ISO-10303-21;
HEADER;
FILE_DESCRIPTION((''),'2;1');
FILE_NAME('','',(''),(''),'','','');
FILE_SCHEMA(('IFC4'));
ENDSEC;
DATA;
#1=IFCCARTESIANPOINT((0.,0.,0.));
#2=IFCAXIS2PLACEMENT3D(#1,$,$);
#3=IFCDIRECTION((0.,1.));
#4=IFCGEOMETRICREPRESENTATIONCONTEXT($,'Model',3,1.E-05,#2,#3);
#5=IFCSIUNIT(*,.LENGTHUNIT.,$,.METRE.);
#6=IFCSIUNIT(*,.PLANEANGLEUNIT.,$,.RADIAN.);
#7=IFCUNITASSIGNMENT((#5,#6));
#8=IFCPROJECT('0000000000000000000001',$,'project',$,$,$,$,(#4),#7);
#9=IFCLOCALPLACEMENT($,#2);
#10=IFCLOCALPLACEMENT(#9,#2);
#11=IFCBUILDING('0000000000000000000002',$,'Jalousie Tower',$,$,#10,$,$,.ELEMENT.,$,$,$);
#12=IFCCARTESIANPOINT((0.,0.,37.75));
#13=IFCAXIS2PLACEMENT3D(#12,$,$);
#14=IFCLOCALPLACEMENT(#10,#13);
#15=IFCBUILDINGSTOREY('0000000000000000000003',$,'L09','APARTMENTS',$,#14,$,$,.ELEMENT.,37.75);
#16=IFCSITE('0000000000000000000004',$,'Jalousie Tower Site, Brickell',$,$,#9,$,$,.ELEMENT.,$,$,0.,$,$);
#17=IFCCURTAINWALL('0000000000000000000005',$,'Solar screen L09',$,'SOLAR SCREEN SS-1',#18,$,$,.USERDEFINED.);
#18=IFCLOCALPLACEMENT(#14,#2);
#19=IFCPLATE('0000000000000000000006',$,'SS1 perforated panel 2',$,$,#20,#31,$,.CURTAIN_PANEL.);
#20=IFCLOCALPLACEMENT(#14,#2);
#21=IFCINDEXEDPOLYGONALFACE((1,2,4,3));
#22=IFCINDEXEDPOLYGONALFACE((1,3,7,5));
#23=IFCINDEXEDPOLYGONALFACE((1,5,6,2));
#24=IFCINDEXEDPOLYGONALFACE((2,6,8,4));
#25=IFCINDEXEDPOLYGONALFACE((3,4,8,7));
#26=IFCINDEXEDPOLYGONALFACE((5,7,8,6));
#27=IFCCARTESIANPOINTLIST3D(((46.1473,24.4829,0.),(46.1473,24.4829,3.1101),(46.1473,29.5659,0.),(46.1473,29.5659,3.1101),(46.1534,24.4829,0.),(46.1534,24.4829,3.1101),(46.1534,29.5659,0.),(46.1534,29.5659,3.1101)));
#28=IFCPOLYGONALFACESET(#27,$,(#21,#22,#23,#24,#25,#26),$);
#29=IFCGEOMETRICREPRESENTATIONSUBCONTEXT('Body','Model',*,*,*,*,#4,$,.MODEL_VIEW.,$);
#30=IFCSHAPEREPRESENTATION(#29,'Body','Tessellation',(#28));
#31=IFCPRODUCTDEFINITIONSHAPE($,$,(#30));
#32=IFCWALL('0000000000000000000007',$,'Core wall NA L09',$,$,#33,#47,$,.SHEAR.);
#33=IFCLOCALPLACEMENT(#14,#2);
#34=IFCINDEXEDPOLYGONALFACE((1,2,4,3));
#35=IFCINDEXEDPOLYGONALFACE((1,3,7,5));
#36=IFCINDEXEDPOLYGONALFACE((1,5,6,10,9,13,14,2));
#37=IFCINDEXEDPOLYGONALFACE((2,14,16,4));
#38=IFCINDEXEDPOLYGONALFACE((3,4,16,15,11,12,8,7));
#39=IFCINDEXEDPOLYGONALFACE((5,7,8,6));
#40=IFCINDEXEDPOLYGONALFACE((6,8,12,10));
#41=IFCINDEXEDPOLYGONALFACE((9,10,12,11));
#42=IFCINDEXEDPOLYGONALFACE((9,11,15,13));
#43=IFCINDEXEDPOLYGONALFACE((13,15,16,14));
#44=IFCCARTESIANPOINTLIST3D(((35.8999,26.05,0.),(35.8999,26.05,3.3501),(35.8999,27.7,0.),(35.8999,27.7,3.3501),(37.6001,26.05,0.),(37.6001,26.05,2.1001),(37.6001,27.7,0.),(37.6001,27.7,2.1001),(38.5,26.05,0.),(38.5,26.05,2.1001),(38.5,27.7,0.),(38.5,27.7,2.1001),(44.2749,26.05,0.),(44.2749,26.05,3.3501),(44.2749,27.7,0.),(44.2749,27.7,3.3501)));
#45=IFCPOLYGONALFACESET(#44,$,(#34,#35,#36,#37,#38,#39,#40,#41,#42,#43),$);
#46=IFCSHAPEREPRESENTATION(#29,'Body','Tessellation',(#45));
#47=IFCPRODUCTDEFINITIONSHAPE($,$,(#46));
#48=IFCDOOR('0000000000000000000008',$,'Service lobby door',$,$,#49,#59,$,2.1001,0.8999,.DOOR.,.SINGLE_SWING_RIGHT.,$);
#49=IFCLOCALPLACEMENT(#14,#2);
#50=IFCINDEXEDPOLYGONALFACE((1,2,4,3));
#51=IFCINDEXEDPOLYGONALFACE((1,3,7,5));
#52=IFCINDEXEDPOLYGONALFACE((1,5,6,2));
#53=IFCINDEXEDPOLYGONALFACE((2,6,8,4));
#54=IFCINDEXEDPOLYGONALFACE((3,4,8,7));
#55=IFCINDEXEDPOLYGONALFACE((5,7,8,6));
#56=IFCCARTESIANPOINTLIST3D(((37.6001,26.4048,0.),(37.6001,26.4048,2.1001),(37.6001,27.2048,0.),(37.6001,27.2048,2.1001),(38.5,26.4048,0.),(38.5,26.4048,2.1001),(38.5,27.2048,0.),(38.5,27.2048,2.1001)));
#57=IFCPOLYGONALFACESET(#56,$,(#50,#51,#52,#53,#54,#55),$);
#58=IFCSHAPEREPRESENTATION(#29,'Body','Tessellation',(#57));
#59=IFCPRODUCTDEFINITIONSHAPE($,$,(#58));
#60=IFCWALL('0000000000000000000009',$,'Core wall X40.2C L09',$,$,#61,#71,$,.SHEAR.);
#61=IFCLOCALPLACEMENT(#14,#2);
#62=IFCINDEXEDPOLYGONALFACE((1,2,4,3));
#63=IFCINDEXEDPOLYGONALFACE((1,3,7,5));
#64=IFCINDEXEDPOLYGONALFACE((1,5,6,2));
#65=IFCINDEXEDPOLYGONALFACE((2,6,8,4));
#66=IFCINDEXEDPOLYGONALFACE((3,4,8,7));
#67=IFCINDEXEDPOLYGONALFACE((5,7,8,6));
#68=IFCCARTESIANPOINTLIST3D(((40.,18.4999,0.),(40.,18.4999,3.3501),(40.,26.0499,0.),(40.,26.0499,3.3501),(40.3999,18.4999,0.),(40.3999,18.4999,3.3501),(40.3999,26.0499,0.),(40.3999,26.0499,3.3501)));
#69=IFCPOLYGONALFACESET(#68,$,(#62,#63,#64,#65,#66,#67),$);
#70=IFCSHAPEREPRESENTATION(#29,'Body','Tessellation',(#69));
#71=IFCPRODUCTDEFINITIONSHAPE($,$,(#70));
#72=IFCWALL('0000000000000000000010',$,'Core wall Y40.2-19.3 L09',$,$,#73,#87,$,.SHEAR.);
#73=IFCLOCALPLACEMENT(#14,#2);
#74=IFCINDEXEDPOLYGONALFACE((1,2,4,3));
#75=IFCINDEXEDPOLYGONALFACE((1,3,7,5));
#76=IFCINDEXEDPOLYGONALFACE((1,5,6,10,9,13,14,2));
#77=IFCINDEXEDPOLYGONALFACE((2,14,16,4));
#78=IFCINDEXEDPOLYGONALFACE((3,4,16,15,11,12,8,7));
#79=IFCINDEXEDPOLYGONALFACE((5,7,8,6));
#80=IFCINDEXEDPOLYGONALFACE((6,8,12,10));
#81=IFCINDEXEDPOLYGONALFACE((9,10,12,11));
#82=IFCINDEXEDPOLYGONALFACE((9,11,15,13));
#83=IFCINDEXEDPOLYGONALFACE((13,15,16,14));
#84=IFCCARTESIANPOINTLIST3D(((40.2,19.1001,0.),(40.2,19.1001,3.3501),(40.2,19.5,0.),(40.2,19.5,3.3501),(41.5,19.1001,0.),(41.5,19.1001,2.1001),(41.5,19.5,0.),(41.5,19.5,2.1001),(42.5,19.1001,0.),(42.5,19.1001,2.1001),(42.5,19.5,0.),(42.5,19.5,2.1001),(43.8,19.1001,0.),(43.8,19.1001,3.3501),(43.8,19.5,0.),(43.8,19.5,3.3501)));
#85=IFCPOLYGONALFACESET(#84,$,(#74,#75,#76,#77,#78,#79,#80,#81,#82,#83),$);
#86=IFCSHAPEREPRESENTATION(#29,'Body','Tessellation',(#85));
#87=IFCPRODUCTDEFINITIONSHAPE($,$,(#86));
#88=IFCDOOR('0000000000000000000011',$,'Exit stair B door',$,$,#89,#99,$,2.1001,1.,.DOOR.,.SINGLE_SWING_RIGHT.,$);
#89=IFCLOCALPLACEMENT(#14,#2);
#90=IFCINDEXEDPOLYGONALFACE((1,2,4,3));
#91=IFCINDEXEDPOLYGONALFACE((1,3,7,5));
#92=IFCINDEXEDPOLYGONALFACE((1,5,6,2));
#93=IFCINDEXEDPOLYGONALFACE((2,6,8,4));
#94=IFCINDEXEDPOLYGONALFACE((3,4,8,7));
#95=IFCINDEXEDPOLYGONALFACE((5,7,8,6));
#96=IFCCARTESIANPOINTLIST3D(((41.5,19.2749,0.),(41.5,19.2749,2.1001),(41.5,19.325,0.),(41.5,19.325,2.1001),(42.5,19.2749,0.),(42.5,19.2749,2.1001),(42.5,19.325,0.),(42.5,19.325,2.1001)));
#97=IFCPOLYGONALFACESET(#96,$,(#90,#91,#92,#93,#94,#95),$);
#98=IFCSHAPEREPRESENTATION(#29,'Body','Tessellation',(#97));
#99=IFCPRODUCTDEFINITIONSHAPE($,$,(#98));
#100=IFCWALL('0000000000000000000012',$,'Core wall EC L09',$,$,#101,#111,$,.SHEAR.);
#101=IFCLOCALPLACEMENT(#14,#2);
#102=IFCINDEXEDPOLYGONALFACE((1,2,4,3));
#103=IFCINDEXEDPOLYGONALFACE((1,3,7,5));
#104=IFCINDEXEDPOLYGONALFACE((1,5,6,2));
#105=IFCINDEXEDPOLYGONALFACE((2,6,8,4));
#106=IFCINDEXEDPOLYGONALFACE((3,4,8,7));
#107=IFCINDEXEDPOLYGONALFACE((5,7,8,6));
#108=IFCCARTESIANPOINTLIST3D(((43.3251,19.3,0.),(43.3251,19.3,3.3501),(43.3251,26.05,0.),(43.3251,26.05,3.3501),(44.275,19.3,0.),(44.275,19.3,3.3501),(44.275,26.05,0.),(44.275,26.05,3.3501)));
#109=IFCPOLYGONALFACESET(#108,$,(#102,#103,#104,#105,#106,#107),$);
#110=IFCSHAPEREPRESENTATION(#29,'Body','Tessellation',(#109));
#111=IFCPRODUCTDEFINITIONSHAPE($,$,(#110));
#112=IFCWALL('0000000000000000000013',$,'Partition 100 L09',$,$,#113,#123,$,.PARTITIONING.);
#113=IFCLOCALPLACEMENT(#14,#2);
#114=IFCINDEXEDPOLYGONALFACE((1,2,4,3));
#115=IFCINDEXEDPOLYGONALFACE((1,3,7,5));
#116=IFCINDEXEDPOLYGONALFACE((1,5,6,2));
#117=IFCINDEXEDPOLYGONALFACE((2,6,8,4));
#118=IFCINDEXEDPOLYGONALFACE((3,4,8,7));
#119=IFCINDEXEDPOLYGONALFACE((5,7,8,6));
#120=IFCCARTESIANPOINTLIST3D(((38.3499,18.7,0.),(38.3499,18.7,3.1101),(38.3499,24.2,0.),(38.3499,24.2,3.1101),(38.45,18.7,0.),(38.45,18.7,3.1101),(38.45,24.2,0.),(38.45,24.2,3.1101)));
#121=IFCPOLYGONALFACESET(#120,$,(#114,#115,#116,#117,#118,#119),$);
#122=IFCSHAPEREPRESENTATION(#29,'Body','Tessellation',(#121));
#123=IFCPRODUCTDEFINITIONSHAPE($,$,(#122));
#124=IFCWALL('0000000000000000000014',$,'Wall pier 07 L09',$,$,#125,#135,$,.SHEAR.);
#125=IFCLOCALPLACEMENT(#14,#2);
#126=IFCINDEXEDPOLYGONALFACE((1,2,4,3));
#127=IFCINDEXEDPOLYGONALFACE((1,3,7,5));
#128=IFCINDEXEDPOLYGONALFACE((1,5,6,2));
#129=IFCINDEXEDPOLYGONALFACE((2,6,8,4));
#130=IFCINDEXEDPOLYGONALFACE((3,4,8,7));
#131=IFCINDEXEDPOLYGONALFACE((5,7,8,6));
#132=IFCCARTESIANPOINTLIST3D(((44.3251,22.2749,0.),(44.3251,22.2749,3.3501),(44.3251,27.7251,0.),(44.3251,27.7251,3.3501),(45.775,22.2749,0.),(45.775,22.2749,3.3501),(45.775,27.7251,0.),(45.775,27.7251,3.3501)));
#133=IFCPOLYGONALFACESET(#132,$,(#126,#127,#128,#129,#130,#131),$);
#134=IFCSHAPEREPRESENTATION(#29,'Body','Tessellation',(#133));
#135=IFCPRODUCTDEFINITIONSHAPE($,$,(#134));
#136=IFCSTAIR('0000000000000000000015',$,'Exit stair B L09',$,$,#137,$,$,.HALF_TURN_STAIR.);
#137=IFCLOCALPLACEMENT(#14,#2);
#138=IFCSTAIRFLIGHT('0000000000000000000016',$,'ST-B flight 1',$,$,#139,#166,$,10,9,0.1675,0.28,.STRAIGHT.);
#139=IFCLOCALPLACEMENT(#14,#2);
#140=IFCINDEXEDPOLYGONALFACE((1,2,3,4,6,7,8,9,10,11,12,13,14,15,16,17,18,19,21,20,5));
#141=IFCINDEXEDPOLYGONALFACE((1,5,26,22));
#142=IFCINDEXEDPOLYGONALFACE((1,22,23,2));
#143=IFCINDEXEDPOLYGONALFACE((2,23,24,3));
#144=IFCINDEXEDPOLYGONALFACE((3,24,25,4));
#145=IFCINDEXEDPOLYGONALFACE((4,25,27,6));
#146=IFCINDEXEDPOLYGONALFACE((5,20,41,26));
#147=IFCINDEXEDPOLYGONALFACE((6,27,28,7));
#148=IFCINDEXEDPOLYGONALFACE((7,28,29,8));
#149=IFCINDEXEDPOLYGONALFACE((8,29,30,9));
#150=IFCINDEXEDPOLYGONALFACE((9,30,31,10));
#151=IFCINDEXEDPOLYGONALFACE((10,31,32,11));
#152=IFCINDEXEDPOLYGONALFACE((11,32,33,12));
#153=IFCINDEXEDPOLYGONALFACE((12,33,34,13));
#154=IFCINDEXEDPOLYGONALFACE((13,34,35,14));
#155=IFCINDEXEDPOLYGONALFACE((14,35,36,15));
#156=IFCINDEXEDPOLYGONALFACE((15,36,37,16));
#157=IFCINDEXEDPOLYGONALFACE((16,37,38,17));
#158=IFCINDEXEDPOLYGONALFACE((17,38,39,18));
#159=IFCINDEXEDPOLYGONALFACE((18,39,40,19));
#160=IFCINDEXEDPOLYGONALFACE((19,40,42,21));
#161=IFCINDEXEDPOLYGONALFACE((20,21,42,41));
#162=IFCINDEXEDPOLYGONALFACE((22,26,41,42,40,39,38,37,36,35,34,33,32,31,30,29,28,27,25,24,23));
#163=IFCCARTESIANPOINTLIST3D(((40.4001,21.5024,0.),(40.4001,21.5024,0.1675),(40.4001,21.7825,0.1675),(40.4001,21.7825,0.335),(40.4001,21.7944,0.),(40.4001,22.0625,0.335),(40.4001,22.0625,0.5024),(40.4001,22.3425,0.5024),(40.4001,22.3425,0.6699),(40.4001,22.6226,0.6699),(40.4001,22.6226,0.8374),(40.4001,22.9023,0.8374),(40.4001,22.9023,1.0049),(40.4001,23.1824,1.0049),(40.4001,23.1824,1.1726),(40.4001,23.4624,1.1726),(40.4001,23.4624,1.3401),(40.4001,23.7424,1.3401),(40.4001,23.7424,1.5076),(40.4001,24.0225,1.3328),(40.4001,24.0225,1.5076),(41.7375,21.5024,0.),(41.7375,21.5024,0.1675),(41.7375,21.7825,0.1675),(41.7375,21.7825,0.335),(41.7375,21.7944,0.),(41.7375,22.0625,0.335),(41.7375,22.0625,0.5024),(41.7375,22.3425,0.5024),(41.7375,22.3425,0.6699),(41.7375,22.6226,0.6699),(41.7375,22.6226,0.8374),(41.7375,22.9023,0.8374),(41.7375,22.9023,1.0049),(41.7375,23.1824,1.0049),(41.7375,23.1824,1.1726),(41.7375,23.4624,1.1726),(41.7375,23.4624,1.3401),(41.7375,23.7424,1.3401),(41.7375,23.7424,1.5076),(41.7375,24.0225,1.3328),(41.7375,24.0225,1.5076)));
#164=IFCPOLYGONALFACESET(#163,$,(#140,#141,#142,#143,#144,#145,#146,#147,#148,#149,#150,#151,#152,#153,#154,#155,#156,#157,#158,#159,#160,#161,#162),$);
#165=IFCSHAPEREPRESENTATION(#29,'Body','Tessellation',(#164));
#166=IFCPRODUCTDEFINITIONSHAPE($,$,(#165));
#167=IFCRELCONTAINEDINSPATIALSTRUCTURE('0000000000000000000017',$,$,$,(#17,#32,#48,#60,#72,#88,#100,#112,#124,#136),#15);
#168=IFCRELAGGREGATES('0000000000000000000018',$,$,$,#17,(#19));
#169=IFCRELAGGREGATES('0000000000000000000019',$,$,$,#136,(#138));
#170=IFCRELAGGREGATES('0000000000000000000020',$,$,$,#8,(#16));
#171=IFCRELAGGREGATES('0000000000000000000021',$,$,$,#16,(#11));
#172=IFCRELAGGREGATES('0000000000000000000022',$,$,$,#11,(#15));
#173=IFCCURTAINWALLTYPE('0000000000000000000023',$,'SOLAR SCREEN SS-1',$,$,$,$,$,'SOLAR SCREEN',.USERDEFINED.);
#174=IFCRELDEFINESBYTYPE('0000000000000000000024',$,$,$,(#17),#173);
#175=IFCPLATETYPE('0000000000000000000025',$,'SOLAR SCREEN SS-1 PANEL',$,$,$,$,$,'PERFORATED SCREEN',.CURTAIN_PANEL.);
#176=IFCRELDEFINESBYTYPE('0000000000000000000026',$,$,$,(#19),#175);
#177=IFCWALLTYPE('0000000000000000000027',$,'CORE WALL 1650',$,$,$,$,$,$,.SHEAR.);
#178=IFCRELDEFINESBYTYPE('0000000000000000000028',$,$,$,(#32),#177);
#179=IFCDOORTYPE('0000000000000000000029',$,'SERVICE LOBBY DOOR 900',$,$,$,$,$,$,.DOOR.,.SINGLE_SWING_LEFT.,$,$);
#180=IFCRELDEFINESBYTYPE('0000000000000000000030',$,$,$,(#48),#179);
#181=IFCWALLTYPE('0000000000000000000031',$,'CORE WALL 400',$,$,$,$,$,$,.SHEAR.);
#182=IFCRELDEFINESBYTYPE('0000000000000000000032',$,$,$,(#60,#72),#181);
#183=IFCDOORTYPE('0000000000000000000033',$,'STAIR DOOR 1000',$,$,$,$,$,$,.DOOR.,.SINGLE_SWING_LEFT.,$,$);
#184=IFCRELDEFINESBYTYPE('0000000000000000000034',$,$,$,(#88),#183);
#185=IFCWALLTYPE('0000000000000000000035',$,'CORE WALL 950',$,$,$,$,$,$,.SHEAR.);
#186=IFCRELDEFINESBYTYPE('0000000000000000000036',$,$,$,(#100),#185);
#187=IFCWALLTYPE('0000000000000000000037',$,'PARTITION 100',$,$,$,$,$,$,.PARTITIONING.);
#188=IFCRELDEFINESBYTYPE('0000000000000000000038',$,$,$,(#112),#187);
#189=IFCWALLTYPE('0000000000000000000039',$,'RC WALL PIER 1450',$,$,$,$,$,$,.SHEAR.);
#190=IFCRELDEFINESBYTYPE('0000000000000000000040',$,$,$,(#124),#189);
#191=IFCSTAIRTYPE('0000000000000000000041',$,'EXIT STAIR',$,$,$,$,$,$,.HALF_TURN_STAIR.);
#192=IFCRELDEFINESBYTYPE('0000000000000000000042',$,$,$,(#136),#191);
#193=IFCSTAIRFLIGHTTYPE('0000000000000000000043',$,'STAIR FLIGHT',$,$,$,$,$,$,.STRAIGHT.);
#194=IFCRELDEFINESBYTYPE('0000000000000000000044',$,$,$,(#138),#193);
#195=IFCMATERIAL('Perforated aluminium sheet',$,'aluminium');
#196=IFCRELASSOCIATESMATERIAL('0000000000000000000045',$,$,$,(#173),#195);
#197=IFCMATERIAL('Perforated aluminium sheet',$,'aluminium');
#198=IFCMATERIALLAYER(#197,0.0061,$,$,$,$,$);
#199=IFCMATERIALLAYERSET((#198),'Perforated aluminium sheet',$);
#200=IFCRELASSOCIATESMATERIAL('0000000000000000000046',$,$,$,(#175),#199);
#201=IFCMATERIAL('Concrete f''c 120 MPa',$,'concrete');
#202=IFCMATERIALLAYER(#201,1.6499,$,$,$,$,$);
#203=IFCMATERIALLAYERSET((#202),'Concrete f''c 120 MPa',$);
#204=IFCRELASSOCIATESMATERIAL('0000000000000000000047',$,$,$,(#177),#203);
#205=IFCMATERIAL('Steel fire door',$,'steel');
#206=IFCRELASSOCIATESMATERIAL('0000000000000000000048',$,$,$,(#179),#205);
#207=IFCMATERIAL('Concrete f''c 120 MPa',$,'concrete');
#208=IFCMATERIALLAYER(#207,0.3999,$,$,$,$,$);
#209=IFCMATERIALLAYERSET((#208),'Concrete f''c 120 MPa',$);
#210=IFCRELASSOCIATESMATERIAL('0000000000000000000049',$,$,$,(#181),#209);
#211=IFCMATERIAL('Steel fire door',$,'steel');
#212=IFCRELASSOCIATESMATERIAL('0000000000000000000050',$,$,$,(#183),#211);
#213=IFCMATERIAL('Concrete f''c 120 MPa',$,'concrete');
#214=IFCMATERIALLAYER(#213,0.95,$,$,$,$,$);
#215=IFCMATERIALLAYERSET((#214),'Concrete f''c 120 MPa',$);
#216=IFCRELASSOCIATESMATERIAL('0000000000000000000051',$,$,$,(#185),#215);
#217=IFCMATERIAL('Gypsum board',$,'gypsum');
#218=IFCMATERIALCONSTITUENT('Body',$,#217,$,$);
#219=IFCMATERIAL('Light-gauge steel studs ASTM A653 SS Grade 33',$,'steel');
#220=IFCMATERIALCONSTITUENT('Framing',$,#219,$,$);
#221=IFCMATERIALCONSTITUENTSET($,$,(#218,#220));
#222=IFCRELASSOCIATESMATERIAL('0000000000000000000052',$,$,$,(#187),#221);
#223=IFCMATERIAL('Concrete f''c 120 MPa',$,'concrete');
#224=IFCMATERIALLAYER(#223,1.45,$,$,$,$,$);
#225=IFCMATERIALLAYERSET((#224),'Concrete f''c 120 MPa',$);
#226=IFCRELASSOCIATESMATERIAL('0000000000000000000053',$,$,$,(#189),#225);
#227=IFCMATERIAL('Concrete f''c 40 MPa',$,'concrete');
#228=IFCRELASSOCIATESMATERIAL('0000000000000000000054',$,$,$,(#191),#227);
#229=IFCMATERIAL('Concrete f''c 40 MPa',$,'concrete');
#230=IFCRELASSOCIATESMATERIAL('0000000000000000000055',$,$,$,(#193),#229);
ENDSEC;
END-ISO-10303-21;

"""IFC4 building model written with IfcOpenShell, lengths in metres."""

from ifc_helpers import new_model, si_unit, direction, frame, frame_2d, origin, origin_2d, place, context, subcontext, project, spatial, polyline, rectangle, outline, extrude, material, layer, layer_set, constituent, constituent_set, type_object, element, fill, aggregate, save


model = new_model("IFC4")

# Units and contexts
model_context = context("Model", 3, precision=1e-05, world=origin(), true_north=direction((0.0, 1.0)))
body_context = subcontext(model_context, "Body", "Model", "MODEL_VIEW")
ifc_project = project(units=[si_unit("LENGTHUNIT", "METRE"), si_unit("PLANEANGLEUNIT", "RADIAN")], contexts=[model_context])

# Site, building, storey
site_placement = place(None, origin())
site = spatial("IfcSite", under=ifc_project, at=site_placement, Name="Jalousie Tower Site, Brickell", CompositionType="ELEMENT", RefElevation=0.0)
building_placement = place(site_placement, origin())
building = spatial("IfcBuilding", under=site, at=building_placement, Name="Jalousie Tower", CompositionType="ELEMENT")
storey_placement = place(building_placement, frame((0.0, 0.0, 37.75)))
storey = spatial("IfcBuildingStorey", under=building, at=storey_placement, Name="L09", Description="APARTMENTS", CompositionType="ELEMENT", Elevation=37.75)

# Shared definitions
ifc_material_1 = material(Name="Perforated aluminium sheet", Category="aluminium")
curtain_wall_type = type_object("IfcCurtainWallType", Name="SOLAR SCREEN SS-1", ElementType="SOLAR SCREEN", PredefinedType="USERDEFINED", material=ifc_material_1)

# Curtain wall, plate
curtain_wall_1_placement = place(storey_placement, origin())
curtain_wall_1 = element("IfcCurtainWall", 1, at=curtain_wall_1_placement, inside=storey, type_object=curtain_wall_type, Name="Solar screen L09", ObjectType="SOLAR SCREEN SS-1", PredefinedType="USERDEFINED")
ifc_material_2 = material(Name="Perforated aluminium sheet", Category="aluminium")
ifc_layer_1 = layer(ifc_material_2, 0.0061)
ifc_layer_set_1 = layer_set([ifc_layer_1], Name="Perforated aluminium sheet")
plate_type = type_object("IfcPlateType", Name="SOLAR SCREEN SS-1 PANEL", ElementType="PERFORATED SCREEN", PredefinedType="CURTAIN_PANEL", material=ifc_layer_set_1)
plate_1_placement = place(storey_placement, frame((46.1504, 27.0244, 0.0), z_axis=(0.0, 0.0, 1.0), x_axis=(0.0, 1.0, 0.0)))
plate_1 = element("IfcPlate", 2, at=plate_1_placement, type_object=plate_type, Name="SS1 perforated panel 2", PredefinedType="CURTAIN_PANEL", context=body_context, shape_type="SweptSolid", body=[
    extrude(rectangle(XDim=5.083, YDim=0.0061, at=origin_2d()), origin(), (0.0, 0.0, 1.0), 3.1101),
])
aggregate(curtain_wall_1, [plate_1])

# Wall, opening, door
ifc_material_3 = material(Name="Concrete f'c 120 MPa", Category="concrete")
ifc_layer_2 = layer(ifc_material_3, 1.6499)
ifc_layer_set_2 = layer_set([ifc_layer_2], Name="Concrete f'c 120 MPa")
wall_type_1 = type_object("IfcWallType", Name="CORE WALL 1650", PredefinedType="SHEAR", material=ifc_layer_set_2)
wall_1_placement = place(storey_placement, frame((44.2749, 26.875, 0.0), z_axis=(0.0, 0.0, 1.0), x_axis=(-1.0, 0.0, 0.0)))
wall_1 = element("IfcWall", 3, at=wall_1_placement, inside=storey, type_object=wall_type_1, Name="Core wall NA L09", PredefinedType="SHEAR", context=body_context, shape_type="SweptSolid", body=[
    extrude(rectangle(XDim=8.375, YDim=1.6499, at=frame_2d((4.1875, 0.0))), origin(), (0.0, 0.0, 1.0), 3.3501),
])
opening_1_placement = place(wall_1_placement, frame((5.7749, 0.0, 0.0)))
opening_1 = element("IfcOpeningElement", 4, at=opening_1_placement, cuts=wall_1, PredefinedType="OPENING", context=body_context, shape_type="SweptSolid", body=[
    extrude(rectangle(XDim=0.8999, YDim=2.1001, at=frame_2d((0.45, 1.05))), frame((0.0, 0.835, 0.0), z_axis=(0.0, -1.0, 0.0), x_axis=(1.0, 0.0, 0.0)), (0.0, 0.0, 1.0), 1.6699),
])
ifc_material_4 = material(Name="Steel fire door", Category="steel")
door_type_1 = type_object("IfcDoorType", Name="SERVICE LOBBY DOOR 900", OperationType="SINGLE_SWING_LEFT", PredefinedType="DOOR", material=ifc_material_4)
door_1_placement = place(opening_1_placement, origin())
door_1 = element("IfcDoor", 5, at=door_1_placement, inside=storey, type_object=door_type_1, Name="Service lobby door", OperationType="SINGLE_SWING_RIGHT", OverallHeight=2.1001, OverallWidth=0.8999, PredefinedType="DOOR", context=body_context, shape_type="SweptSolid", body=[
    extrude(rectangle(XDim=0.8999, YDim=2.1001, at=frame_2d((0.45, 1.05))), frame((0.0, 0.4702, 0.0), z_axis=(0.0, -1.0, 0.0), x_axis=(1.0, 0.0, 0.0)), (0.0, 0.0, 1.0), 0.8),
])
fill(opening_1, door_1)

# Wall
ifc_material_5 = material(Name="Concrete f'c 120 MPa", Category="concrete")
ifc_layer_3 = layer(ifc_material_5, 0.3999)
ifc_layer_set_3 = layer_set([ifc_layer_3], Name="Concrete f'c 120 MPa")
wall_type_2 = type_object("IfcWallType", Name="CORE WALL 400", PredefinedType="SHEAR", material=ifc_layer_set_3)
wall_2_placement = place(storey_placement, frame((40.2, 18.5, 0.0), z_axis=(0.0, 0.0, 1.0), x_axis=(0.0, 1.0, 0.0)))
element("IfcWall", 6, at=wall_2_placement, inside=storey, type_object=wall_type_2, Name="Core wall X40.2C L09", PredefinedType="SHEAR", context=body_context, shape_type="SweptSolid", body=[
    extrude(rectangle(XDim=7.55, YDim=0.3999, at=frame_2d((3.7749, 0.0))), origin(), (0.0, 0.0, 1.0), 3.3501),
])

# Wall, opening, door
wall_3_placement = place(storey_placement, frame((40.2, 19.3, 0.0), z_axis=(0.0, 0.0, 1.0), x_axis=(1.0, 0.0, 0.0)))
wall_3 = element("IfcWall", 7, at=wall_3_placement, inside=storey, type_object=wall_type_2, Name="Core wall Y40.2-19.3 L09", PredefinedType="SHEAR", context=body_context, shape_type="SweptSolid", body=[
    extrude(rectangle(XDim=3.6001, YDim=0.3999, at=frame_2d((1.8, 0.0))), origin(), (0.0, 0.0, 1.0), 3.3501),
])
opening_2_placement = place(wall_3_placement, frame((1.3, 0.0, 0.0)))
opening_2 = element("IfcOpeningElement", 8, at=opening_2_placement, cuts=wall_3, PredefinedType="OPENING", context=body_context, shape_type="SweptSolid", body=[
    extrude(rectangle(XDim=1.0, YDim=2.1001, at=frame_2d((0.5, 1.05))), frame((0.0, 0.21, 0.0), z_axis=(0.0, -1.0, 0.0), x_axis=(1.0, 0.0, 0.0)), (0.0, 0.0, 1.0), 0.4199),
])
ifc_material_6 = material(Name="Steel fire door", Category="steel")
door_type_2 = type_object("IfcDoorType", Name="STAIR DOOR 1000", OperationType="SINGLE_SWING_LEFT", PredefinedType="DOOR", material=ifc_material_6)
door_2_placement = place(opening_2_placement, origin())
door_2 = element("IfcDoor", 9, at=door_2_placement, inside=storey, type_object=door_type_2, Name="Exit stair B door", OperationType="SINGLE_SWING_RIGHT", OverallHeight=2.1001, OverallWidth=1.0, PredefinedType="DOOR", context=body_context, shape_type="SweptSolid", body=[
    extrude(rectangle(XDim=1.0, YDim=2.1001, at=frame_2d((0.5, 1.05))), frame((0.0, 0.0249, 0.0), z_axis=(0.0, -1.0, 0.0), x_axis=(1.0, 0.0, 0.0)), (0.0, 0.0, 1.0), 0.05),
])
fill(opening_2, door_2)

# Walls
ifc_material_7 = material(Name="Concrete f'c 120 MPa", Category="concrete")
ifc_layer_4 = layer(ifc_material_7, 0.95)
ifc_layer_set_4 = layer_set([ifc_layer_4], Name="Concrete f'c 120 MPa")
wall_type_3 = type_object("IfcWallType", Name="CORE WALL 950", PredefinedType="SHEAR", material=ifc_layer_set_4)
wall_4_placement = place(storey_placement, frame((43.8, 19.3, 0.0), z_axis=(0.0, 0.0, 1.0), x_axis=(0.0, 1.0, 0.0)))
element("IfcWall", 10, at=wall_4_placement, inside=storey, type_object=wall_type_3, Name="Core wall EC L09", PredefinedType="SHEAR", context=body_context, shape_type="SweptSolid", body=[
    extrude(rectangle(XDim=6.75, YDim=0.95, at=frame_2d((3.375, 0.0))), origin(), (0.0, 0.0, 1.0), 3.3501),
])
ifc_material_8 = material(Name="Gypsum board", Category="gypsum")
ifc_constituent_1 = constituent(ifc_material_8, Name="Body")
ifc_material_9 = material(Name="Light-gauge steel studs ASTM A653 SS Grade 33", Category="steel")
ifc_constituent_2 = constituent(ifc_material_9, Name="Framing")
ifc_constituent_set_1 = constituent_set(constituents=[ifc_constituent_1, ifc_constituent_2])
wall_type_4 = type_object("IfcWallType", Name="PARTITION 100", PredefinedType="PARTITIONING", material=ifc_constituent_set_1)
wall_5_placement = place(storey_placement, frame((38.3999, 18.7, 0.0), z_axis=(0.0, 0.0, 1.0), x_axis=(0.0, 1.0, 0.0)))
element("IfcWall", 11, at=wall_5_placement, inside=storey, type_object=wall_type_4, Name="Partition 100 L09", PredefinedType="PARTITIONING", context=body_context, shape_type="SweptSolid", body=[
    extrude(rectangle(XDim=5.5, YDim=0.1001, at=frame_2d((2.75, 0.0))), origin(), (0.0, 0.0, 1.0), 3.1101),
])
ifc_material_10 = material(Name="Concrete f'c 120 MPa", Category="concrete")
ifc_layer_5 = layer(ifc_material_10, 1.45)
ifc_layer_set_5 = layer_set([ifc_layer_5], Name="Concrete f'c 120 MPa")
wall_type_5 = type_object("IfcWallType", Name="RC WALL PIER 1450", PredefinedType="SHEAR", material=ifc_layer_set_5)
wall_6_placement = place(storey_placement, frame((45.05, 22.2749, 0.0), z_axis=(0.0, 0.0, 1.0), x_axis=(0.0, 1.0, 0.0)))
element("IfcWall", 12, at=wall_6_placement, inside=storey, type_object=wall_type_5, Name="Wall pier 07 L09", PredefinedType="SHEAR", context=body_context, shape_type="SweptSolid", body=[
    extrude(rectangle(XDim=5.4502, YDim=1.45, at=frame_2d((2.7251, 0.0))), origin(), (0.0, 0.0, 1.0), 3.3501),
])

# Stair, stair flight
ifc_material_11 = material(Name="Concrete f'c 40 MPa", Category="concrete")
stair_type = type_object("IfcStairType", Name="EXIT STAIR", PredefinedType="HALF_TURN_STAIR", material=ifc_material_11)
stair_placement = place(storey_placement, origin())
stair = element("IfcStair", 13, at=stair_placement, inside=storey, type_object=stair_type, Name="Exit stair B L09", PredefinedType="HALF_TURN_STAIR")
ifc_material_12 = material(Name="Concrete f'c 40 MPa", Category="concrete")
stair_flight_type = type_object("IfcStairFlightType", Name="STAIR FLIGHT", PredefinedType="STRAIGHT", material=ifc_material_12)
stair_flight_1_placement = place(storey_placement, frame((41.0688, 21.5024, 0.0), z_axis=(0.0, 0.0, 1.0), x_axis=(0.0, 1.0, 0.0)))
stair_flight_1 = element("IfcStairFlight", 14, at=stair_flight_1_placement, type_object=stair_flight_type, Name="ST-B flight 1", NumberOfRisers=10, NumberOfTreads=9, PredefinedType="STRAIGHT", RiserHeight=0.1675, TreadLength=0.28, context=body_context, shape_type="SweptSolid", body=[
    extrude(outline(polyline([(0.0, 0.0), (0.0, 0.1675), (0.28, 0.1675), (0.28, 0.335), (0.5601, 0.335), (0.5601, 0.5024), (0.8401, 0.5024), (0.8401, 0.6699), (1.1201, 0.6699), (1.1201, 0.8374), (1.3999, 0.8374), (1.3999, 1.0049), (1.6799, 1.0049), (1.6799, 1.1726), (1.96, 1.1726), (1.96, 1.3401), (2.24, 1.3401), (2.24, 1.5076), (2.52, 1.5076), (2.52, 1.675), (2.52, 1.3328), (0.292, 0.0), (0.0, 0.0)])), frame((0.0, 0.6687, 0.0), z_axis=(0.0, -1.0, 0.0), x_axis=(1.0, 0.0, 0.0)), (0.0, 0.0, 1.0), 1.3374),
])
aggregate(stair, [stair_flight_1])

save(model, "model.ifc")
